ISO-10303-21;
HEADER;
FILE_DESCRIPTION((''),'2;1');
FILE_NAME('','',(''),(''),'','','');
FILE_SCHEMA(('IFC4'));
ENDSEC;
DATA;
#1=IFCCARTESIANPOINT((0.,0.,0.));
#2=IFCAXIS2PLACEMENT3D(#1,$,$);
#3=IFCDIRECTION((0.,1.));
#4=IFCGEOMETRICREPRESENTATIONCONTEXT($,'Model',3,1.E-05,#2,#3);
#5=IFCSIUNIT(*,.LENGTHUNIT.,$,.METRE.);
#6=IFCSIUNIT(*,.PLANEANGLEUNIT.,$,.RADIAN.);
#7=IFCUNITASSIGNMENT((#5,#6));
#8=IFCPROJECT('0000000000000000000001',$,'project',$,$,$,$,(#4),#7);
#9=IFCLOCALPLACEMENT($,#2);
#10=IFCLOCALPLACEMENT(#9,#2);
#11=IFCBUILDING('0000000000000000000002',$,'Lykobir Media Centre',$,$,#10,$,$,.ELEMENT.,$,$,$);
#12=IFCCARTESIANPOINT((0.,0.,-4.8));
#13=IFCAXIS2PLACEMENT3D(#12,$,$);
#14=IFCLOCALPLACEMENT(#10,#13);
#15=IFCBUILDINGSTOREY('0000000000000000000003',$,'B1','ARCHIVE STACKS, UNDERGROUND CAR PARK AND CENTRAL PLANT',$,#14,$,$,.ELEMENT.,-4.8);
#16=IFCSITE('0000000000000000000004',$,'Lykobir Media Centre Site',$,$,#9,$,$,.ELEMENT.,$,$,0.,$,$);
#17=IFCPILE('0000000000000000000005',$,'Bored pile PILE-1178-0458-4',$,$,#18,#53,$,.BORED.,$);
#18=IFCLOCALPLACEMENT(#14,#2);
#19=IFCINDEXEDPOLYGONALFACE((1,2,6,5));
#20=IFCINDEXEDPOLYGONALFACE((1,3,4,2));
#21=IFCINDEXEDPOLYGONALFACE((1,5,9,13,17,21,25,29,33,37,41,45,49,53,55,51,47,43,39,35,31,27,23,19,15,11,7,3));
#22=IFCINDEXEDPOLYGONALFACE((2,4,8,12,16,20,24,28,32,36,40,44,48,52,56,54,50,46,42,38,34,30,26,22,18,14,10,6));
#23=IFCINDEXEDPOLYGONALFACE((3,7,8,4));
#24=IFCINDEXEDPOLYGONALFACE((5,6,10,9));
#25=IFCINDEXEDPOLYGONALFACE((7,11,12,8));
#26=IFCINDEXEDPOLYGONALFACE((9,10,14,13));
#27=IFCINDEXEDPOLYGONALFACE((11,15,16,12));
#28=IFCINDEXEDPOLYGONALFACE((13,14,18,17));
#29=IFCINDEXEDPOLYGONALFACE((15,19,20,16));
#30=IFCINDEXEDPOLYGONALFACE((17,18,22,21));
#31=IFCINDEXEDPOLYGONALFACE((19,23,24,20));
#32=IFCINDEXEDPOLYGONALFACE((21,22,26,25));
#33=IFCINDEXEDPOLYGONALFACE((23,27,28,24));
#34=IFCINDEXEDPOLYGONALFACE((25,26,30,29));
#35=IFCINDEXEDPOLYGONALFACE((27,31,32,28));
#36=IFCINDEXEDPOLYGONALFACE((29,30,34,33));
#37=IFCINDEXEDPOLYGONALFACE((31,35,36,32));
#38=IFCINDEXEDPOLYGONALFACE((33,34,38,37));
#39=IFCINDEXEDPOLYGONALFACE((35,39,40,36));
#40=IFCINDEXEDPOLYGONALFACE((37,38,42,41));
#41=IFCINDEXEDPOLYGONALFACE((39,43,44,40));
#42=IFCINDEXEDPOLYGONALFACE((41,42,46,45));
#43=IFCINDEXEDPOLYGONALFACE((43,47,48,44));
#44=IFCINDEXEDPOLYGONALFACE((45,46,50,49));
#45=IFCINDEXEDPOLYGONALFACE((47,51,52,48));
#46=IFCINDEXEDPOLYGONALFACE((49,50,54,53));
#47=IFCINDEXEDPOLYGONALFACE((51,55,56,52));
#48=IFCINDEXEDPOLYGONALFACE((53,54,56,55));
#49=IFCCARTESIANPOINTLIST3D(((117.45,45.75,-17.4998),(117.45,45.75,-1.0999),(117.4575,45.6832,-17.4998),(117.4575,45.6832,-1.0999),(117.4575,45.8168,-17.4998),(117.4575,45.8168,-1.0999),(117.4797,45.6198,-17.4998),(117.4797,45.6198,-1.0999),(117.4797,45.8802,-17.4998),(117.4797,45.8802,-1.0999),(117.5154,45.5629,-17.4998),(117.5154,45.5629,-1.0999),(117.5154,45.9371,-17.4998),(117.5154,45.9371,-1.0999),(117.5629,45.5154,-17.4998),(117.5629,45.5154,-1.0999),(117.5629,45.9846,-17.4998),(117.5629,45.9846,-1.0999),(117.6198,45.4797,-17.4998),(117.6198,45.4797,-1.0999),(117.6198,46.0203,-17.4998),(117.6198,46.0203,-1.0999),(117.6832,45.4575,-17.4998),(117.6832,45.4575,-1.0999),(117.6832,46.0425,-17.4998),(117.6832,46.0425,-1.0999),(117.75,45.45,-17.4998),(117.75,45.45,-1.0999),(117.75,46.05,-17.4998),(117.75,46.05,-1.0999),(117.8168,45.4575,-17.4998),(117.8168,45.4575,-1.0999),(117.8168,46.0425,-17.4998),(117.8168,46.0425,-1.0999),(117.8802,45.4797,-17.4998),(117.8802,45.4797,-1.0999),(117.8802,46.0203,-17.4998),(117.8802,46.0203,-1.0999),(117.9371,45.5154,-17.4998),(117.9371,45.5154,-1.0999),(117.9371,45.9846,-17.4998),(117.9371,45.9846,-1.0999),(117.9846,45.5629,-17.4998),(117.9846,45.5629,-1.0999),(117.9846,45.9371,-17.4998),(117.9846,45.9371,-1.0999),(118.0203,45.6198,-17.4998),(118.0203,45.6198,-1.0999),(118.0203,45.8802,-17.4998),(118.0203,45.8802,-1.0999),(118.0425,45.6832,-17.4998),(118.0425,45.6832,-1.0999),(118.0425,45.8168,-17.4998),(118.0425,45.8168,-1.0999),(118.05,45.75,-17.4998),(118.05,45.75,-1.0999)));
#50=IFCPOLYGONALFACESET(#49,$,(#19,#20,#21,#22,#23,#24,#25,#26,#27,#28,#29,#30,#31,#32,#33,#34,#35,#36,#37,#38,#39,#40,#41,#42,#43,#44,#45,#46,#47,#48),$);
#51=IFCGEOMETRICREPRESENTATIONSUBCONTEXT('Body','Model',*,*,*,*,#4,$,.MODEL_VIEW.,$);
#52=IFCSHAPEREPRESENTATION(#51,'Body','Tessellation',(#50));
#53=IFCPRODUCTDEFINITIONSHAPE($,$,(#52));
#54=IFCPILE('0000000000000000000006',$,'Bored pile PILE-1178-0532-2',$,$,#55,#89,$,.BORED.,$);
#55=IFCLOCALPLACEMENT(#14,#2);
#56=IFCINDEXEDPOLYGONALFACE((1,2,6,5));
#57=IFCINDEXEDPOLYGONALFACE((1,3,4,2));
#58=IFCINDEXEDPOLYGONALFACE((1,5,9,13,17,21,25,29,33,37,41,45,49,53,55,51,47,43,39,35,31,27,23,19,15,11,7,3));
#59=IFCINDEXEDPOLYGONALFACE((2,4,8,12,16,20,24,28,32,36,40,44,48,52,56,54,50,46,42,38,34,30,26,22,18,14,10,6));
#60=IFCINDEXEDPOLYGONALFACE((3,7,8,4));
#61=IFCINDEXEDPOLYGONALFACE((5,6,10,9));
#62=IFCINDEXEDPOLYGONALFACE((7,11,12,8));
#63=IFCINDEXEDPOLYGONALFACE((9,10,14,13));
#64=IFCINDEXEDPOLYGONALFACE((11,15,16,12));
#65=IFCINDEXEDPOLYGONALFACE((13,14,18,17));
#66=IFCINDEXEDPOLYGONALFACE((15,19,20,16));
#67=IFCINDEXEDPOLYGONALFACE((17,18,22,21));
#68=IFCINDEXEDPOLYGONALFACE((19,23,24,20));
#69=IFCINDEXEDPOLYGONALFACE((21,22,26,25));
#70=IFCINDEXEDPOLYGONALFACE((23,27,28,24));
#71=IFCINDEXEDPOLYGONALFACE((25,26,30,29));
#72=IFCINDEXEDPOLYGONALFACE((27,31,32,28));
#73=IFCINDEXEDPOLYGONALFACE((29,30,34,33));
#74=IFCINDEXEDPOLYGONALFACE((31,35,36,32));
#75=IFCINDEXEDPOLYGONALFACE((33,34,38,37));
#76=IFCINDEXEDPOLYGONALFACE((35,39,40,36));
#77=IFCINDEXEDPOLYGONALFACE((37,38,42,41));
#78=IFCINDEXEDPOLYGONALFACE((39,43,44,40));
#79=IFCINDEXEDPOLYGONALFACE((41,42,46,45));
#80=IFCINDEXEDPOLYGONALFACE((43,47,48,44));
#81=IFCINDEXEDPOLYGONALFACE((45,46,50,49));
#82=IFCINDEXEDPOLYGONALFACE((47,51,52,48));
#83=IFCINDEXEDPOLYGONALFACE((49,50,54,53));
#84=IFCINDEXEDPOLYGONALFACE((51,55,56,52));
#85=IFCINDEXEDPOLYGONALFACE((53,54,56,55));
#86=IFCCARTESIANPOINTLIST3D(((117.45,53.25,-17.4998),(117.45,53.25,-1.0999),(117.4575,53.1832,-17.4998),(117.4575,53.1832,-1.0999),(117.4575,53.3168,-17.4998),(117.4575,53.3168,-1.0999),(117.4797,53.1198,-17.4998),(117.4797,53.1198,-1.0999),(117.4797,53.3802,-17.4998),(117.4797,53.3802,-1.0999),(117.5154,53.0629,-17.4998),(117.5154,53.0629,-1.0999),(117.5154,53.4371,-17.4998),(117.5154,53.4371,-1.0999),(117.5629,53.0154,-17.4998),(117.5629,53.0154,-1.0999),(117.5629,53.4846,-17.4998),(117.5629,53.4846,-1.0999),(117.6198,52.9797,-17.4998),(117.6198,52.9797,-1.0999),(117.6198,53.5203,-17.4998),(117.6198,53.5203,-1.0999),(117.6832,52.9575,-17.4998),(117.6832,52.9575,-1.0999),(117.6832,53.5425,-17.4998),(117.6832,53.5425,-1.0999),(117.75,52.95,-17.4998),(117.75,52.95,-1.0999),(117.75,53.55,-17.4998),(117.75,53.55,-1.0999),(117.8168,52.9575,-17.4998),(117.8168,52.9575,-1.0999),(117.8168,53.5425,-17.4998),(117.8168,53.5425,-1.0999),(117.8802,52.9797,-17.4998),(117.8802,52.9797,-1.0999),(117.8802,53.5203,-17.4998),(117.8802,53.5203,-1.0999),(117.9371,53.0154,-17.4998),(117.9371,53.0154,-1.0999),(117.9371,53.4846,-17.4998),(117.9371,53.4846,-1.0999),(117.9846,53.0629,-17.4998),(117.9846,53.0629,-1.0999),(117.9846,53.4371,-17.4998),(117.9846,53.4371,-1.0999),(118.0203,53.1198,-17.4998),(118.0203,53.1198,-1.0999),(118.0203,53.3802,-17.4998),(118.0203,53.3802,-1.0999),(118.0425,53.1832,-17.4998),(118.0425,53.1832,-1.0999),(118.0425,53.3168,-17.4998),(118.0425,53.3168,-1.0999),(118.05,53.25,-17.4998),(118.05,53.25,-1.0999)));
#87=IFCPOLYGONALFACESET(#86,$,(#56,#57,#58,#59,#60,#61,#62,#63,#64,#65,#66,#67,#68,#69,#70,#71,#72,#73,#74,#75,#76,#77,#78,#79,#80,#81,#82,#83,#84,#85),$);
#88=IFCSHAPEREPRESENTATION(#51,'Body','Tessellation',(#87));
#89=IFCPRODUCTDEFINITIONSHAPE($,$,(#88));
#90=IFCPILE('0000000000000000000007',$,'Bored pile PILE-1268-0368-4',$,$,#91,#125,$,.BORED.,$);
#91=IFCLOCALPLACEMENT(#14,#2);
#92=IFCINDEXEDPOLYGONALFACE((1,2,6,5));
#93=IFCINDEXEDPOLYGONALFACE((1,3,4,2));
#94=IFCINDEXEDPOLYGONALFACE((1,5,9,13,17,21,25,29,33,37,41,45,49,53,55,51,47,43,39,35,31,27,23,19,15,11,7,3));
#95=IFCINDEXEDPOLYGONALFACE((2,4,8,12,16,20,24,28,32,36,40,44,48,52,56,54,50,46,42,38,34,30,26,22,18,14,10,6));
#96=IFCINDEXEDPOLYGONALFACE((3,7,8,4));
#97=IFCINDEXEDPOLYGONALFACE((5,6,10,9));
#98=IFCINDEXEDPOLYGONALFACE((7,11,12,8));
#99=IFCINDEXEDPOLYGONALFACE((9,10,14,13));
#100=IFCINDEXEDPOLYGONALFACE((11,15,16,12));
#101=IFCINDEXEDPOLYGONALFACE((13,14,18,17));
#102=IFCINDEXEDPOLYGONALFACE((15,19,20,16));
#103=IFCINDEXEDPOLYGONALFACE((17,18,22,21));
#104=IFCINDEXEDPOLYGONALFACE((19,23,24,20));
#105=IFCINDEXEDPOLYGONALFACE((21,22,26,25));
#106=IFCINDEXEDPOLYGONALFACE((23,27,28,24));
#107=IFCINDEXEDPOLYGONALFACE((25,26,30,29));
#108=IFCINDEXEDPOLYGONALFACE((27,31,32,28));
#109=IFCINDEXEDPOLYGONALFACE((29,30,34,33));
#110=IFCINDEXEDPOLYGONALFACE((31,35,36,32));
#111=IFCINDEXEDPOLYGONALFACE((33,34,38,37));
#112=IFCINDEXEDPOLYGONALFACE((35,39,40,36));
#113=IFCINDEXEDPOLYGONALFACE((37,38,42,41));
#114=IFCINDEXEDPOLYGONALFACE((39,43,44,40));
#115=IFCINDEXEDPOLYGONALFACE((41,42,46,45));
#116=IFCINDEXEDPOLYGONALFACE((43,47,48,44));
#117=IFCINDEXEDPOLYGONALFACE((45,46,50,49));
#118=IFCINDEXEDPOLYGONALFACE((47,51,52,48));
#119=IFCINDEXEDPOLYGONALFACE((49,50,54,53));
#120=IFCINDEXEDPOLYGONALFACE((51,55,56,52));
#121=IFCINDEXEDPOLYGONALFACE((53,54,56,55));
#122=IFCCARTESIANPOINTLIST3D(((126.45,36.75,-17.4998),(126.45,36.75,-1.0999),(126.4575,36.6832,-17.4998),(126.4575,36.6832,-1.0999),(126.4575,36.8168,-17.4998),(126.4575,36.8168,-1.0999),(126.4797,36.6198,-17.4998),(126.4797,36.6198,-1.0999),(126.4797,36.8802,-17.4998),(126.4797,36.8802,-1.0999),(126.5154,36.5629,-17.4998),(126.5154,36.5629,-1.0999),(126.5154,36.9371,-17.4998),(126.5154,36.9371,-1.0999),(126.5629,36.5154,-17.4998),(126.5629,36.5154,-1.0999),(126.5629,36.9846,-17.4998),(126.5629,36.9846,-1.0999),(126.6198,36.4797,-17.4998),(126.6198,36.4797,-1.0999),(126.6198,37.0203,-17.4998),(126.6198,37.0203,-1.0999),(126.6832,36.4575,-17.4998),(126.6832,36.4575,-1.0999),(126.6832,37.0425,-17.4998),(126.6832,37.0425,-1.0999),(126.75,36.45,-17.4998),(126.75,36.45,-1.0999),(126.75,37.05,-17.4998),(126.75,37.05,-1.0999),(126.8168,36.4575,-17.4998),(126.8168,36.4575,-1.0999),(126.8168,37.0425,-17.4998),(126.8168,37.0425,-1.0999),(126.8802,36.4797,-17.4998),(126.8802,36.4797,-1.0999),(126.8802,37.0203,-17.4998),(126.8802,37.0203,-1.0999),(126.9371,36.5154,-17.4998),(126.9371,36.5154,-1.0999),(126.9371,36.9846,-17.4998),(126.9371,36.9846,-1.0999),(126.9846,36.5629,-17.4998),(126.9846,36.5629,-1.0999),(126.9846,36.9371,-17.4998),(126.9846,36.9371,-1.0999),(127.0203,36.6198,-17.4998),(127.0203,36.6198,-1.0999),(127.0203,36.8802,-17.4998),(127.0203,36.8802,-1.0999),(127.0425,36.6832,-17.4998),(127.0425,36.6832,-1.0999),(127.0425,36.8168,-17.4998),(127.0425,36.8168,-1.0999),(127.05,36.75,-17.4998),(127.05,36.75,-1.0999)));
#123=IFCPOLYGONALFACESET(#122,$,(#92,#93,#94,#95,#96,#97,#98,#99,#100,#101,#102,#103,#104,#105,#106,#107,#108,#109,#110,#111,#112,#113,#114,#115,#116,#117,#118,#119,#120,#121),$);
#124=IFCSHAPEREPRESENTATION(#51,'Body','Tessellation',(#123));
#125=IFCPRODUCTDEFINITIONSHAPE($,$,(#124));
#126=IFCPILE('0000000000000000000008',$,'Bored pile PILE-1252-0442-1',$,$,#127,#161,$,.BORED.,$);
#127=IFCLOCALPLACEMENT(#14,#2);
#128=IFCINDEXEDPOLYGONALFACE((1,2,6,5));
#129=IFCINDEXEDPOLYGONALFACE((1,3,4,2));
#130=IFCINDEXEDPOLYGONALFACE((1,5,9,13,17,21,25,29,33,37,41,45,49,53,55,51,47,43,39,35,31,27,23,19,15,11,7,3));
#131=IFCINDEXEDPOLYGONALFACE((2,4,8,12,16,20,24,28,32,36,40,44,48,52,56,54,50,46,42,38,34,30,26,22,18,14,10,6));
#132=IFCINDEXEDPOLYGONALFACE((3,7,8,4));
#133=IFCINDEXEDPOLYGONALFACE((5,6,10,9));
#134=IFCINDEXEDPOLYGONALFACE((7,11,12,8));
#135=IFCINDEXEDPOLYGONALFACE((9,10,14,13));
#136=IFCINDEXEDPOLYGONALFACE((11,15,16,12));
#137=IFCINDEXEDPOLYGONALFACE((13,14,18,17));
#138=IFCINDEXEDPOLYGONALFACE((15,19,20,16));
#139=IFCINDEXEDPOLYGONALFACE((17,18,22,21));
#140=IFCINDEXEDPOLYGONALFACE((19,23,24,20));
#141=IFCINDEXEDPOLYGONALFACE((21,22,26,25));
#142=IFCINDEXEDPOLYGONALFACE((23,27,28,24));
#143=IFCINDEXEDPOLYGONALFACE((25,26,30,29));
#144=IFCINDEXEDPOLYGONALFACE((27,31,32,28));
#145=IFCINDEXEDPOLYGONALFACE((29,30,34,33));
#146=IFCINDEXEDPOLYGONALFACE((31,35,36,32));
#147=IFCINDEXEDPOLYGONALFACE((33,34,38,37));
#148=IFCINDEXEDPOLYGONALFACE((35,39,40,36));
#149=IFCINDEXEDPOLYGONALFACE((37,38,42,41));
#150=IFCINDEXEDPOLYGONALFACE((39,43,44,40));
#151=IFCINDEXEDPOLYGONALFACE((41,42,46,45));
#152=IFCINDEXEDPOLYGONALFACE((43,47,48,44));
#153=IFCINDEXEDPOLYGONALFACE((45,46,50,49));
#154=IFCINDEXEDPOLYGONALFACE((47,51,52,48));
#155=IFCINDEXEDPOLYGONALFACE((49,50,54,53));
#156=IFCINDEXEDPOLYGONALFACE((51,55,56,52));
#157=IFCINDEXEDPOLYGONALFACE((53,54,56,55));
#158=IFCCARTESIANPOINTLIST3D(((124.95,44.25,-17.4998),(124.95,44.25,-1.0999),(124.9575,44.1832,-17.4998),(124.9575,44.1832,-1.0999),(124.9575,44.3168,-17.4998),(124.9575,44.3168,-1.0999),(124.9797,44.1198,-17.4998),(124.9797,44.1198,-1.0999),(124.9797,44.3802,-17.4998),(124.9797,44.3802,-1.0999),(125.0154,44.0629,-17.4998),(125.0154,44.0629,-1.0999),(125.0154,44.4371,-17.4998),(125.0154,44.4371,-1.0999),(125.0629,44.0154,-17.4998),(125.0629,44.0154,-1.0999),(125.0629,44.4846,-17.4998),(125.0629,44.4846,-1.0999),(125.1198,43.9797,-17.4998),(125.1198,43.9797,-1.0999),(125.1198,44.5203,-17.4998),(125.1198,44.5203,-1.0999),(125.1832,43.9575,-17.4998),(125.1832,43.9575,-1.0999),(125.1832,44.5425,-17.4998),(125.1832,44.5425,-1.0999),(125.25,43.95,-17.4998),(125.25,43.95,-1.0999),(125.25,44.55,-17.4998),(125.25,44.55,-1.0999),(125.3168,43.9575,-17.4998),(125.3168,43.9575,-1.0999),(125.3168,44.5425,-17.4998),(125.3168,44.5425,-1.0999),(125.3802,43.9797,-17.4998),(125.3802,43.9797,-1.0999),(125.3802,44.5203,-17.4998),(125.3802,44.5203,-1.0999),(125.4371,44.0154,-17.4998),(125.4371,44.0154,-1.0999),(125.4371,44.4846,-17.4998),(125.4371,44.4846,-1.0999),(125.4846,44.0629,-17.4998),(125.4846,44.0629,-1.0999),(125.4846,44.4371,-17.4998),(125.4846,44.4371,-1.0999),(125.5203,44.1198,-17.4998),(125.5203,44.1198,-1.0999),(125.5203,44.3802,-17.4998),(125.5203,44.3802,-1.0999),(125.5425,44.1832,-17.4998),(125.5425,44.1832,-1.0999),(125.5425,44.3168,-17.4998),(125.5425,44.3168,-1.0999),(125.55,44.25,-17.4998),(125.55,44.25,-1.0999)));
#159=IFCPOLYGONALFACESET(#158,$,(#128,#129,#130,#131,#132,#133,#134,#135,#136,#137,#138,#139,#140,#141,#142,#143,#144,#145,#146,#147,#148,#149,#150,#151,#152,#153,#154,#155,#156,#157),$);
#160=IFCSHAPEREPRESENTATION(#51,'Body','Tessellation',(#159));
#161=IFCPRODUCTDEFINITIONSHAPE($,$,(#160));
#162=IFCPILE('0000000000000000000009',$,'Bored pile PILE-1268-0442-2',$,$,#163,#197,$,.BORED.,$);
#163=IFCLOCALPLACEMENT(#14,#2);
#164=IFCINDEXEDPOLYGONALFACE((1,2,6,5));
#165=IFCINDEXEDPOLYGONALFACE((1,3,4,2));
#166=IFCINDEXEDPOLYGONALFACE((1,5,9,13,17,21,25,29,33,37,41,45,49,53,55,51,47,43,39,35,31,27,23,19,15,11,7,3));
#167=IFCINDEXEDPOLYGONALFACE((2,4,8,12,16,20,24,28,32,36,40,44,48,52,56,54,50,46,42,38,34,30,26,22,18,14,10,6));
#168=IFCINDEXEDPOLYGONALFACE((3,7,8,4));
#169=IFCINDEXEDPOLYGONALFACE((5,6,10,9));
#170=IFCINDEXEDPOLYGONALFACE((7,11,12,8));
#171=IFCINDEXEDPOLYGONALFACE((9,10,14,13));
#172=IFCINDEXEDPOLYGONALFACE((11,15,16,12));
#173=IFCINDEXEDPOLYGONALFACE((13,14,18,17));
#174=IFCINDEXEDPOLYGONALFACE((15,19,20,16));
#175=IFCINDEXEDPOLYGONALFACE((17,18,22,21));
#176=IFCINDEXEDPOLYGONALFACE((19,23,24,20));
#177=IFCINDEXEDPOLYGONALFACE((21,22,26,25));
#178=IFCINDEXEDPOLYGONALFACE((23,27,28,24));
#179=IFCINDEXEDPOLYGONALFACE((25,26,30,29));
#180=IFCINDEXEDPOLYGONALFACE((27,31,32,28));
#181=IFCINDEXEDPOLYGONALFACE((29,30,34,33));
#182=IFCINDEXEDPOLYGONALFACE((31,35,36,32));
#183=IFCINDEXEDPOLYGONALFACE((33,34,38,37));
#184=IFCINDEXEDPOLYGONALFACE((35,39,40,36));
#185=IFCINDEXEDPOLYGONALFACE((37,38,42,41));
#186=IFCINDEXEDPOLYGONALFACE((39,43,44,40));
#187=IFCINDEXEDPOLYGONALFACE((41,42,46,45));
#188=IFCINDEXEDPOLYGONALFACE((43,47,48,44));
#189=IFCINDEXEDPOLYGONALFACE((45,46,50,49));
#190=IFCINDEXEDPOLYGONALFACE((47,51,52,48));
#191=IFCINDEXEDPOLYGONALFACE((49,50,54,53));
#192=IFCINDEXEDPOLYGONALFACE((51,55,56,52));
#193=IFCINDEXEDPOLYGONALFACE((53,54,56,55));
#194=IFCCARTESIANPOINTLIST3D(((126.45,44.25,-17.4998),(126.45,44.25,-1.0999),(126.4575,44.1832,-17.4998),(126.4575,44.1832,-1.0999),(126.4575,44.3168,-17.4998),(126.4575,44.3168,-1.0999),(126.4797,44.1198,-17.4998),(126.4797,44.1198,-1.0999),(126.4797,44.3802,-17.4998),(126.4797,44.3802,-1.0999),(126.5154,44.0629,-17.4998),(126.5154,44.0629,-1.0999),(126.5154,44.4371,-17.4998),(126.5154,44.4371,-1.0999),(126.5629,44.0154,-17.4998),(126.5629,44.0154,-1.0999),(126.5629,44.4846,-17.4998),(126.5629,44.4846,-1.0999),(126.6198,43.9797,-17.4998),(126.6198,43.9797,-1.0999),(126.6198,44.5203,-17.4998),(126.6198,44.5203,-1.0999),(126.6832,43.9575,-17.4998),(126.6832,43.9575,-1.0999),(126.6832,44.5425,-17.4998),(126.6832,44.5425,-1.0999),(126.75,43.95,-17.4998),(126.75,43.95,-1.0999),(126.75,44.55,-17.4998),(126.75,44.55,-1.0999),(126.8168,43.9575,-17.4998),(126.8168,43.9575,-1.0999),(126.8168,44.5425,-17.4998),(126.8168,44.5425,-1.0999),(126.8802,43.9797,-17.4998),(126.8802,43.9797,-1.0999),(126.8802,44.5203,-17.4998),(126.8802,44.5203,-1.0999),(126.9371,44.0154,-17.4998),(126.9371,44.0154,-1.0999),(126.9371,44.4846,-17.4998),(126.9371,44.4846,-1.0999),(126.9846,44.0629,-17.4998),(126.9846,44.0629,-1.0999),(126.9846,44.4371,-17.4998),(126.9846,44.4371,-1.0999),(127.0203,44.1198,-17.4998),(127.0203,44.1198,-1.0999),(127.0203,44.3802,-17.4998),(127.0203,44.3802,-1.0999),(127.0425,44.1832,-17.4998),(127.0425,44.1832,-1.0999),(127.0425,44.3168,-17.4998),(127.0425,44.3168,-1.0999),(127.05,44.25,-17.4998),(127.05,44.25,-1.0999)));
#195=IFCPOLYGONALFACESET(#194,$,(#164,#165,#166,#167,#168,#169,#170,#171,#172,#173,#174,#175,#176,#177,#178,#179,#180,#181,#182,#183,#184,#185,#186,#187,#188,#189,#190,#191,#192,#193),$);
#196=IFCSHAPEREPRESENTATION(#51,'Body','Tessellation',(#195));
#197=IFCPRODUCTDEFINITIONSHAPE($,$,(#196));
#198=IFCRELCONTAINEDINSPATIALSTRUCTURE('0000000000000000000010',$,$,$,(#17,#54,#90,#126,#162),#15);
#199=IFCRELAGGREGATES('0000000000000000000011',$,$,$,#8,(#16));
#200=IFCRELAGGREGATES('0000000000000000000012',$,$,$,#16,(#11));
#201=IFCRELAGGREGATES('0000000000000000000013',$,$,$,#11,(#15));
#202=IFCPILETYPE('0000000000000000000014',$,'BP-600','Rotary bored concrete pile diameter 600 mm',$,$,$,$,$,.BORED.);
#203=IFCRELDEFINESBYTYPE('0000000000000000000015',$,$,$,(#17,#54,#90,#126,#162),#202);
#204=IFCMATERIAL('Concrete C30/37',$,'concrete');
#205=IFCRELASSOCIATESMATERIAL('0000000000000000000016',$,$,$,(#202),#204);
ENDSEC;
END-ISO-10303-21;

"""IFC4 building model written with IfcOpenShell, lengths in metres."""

from ifc_helpers import new_model, si_unit, direction, frame, origin, origin_2d, place, context, subcontext, project, spatial, circle, extrude, material, material_profile, profile_set, type_object, element, save


model = new_model("IFC4")

# Units and contexts
model_context = context("Model", 3, precision=1e-05, world=origin(), true_north=direction((0.0, 1.0)))
body_context = subcontext(model_context, "Body", "Model", "MODEL_VIEW")
ifc_project = project(units=[si_unit("LENGTHUNIT", "METRE"), si_unit("PLANEANGLEUNIT", "RADIAN")], contexts=[model_context])

# Site, building, storey
site_placement = place(None, origin())
site = spatial("IfcSite", under=ifc_project, at=site_placement, Name="Lykobir Media Centre Site", CompositionType="ELEMENT", RefElevation=0.0)
building_placement = place(site_placement, origin())
building = spatial("IfcBuilding", under=site, at=building_placement, Name="Lykobir Media Centre", CompositionType="ELEMENT")
storey_placement = place(building_placement, frame((0.0, 0.0, -4.8)))
storey = spatial("IfcBuildingStorey", under=building, at=storey_placement, Name="B1", Description="ARCHIVE STACKS, UNDERGROUND CAR PARK AND CENTRAL PLANT", CompositionType="ELEMENT", Elevation=-4.8)

# Piles
ifc_material_1 = material(Name="Concrete C30/37", Category="concrete")
ifc_material_profile_1 = material_profile(ifc_material_1, circle(Radius=0.3, at=origin_2d()), Name="BORED PILE D600")
ifc_profile_set_1 = profile_set([ifc_material_profile_1], Name="Concrete C30/37")
pile_type = type_object("IfcPileType", Name="BP-600", Description="Rotary bored concrete pile diameter 600 mm", PredefinedType="BORED", material=ifc_profile_set_1)
for number, where, z_axis, x_axis, name in (
    (1, (117.75, 45.75, -1.0999), (0.0, 0.0, -1.0), (1.0, 0.0, 0.0), "Bored pile PILE-1178-0458-4"),
    (2, (117.75, 53.25, -1.0999), (0.0, 0.0, -1.0), (1.0, 0.0, 0.0), "Bored pile PILE-1178-0532-2"),
    (3, (126.75, 36.75, -1.0999), (0.0, 0.0, -1.0), (1.0, 0.0, 0.0), "Bored pile PILE-1268-0368-4"),
    (4, (125.25, 44.25, -1.0999), (0.0, 0.0, -1.0), (1.0, 0.0, 0.0), "Bored pile PILE-1252-0442-1"),
    (5, (126.75, 44.25, -1.0999), (0.0, 0.0, -1.0), (1.0, 0.0, 0.0), "Bored pile PILE-1268-0442-2"),
):
    element("IfcPile", number, at=place(storey_placement, frame(where, z_axis=z_axis, x_axis=x_axis)), inside=storey, type_object=pile_type, Name=name, PredefinedType="BORED", context=body_context, shape_type="SweptSolid", body=[
        extrude(circle(Radius=0.3, at=origin_2d()), origin(), (0.0, 0.0, 1.0), 16.3999),
    ])

save(model, "model.ifc")
